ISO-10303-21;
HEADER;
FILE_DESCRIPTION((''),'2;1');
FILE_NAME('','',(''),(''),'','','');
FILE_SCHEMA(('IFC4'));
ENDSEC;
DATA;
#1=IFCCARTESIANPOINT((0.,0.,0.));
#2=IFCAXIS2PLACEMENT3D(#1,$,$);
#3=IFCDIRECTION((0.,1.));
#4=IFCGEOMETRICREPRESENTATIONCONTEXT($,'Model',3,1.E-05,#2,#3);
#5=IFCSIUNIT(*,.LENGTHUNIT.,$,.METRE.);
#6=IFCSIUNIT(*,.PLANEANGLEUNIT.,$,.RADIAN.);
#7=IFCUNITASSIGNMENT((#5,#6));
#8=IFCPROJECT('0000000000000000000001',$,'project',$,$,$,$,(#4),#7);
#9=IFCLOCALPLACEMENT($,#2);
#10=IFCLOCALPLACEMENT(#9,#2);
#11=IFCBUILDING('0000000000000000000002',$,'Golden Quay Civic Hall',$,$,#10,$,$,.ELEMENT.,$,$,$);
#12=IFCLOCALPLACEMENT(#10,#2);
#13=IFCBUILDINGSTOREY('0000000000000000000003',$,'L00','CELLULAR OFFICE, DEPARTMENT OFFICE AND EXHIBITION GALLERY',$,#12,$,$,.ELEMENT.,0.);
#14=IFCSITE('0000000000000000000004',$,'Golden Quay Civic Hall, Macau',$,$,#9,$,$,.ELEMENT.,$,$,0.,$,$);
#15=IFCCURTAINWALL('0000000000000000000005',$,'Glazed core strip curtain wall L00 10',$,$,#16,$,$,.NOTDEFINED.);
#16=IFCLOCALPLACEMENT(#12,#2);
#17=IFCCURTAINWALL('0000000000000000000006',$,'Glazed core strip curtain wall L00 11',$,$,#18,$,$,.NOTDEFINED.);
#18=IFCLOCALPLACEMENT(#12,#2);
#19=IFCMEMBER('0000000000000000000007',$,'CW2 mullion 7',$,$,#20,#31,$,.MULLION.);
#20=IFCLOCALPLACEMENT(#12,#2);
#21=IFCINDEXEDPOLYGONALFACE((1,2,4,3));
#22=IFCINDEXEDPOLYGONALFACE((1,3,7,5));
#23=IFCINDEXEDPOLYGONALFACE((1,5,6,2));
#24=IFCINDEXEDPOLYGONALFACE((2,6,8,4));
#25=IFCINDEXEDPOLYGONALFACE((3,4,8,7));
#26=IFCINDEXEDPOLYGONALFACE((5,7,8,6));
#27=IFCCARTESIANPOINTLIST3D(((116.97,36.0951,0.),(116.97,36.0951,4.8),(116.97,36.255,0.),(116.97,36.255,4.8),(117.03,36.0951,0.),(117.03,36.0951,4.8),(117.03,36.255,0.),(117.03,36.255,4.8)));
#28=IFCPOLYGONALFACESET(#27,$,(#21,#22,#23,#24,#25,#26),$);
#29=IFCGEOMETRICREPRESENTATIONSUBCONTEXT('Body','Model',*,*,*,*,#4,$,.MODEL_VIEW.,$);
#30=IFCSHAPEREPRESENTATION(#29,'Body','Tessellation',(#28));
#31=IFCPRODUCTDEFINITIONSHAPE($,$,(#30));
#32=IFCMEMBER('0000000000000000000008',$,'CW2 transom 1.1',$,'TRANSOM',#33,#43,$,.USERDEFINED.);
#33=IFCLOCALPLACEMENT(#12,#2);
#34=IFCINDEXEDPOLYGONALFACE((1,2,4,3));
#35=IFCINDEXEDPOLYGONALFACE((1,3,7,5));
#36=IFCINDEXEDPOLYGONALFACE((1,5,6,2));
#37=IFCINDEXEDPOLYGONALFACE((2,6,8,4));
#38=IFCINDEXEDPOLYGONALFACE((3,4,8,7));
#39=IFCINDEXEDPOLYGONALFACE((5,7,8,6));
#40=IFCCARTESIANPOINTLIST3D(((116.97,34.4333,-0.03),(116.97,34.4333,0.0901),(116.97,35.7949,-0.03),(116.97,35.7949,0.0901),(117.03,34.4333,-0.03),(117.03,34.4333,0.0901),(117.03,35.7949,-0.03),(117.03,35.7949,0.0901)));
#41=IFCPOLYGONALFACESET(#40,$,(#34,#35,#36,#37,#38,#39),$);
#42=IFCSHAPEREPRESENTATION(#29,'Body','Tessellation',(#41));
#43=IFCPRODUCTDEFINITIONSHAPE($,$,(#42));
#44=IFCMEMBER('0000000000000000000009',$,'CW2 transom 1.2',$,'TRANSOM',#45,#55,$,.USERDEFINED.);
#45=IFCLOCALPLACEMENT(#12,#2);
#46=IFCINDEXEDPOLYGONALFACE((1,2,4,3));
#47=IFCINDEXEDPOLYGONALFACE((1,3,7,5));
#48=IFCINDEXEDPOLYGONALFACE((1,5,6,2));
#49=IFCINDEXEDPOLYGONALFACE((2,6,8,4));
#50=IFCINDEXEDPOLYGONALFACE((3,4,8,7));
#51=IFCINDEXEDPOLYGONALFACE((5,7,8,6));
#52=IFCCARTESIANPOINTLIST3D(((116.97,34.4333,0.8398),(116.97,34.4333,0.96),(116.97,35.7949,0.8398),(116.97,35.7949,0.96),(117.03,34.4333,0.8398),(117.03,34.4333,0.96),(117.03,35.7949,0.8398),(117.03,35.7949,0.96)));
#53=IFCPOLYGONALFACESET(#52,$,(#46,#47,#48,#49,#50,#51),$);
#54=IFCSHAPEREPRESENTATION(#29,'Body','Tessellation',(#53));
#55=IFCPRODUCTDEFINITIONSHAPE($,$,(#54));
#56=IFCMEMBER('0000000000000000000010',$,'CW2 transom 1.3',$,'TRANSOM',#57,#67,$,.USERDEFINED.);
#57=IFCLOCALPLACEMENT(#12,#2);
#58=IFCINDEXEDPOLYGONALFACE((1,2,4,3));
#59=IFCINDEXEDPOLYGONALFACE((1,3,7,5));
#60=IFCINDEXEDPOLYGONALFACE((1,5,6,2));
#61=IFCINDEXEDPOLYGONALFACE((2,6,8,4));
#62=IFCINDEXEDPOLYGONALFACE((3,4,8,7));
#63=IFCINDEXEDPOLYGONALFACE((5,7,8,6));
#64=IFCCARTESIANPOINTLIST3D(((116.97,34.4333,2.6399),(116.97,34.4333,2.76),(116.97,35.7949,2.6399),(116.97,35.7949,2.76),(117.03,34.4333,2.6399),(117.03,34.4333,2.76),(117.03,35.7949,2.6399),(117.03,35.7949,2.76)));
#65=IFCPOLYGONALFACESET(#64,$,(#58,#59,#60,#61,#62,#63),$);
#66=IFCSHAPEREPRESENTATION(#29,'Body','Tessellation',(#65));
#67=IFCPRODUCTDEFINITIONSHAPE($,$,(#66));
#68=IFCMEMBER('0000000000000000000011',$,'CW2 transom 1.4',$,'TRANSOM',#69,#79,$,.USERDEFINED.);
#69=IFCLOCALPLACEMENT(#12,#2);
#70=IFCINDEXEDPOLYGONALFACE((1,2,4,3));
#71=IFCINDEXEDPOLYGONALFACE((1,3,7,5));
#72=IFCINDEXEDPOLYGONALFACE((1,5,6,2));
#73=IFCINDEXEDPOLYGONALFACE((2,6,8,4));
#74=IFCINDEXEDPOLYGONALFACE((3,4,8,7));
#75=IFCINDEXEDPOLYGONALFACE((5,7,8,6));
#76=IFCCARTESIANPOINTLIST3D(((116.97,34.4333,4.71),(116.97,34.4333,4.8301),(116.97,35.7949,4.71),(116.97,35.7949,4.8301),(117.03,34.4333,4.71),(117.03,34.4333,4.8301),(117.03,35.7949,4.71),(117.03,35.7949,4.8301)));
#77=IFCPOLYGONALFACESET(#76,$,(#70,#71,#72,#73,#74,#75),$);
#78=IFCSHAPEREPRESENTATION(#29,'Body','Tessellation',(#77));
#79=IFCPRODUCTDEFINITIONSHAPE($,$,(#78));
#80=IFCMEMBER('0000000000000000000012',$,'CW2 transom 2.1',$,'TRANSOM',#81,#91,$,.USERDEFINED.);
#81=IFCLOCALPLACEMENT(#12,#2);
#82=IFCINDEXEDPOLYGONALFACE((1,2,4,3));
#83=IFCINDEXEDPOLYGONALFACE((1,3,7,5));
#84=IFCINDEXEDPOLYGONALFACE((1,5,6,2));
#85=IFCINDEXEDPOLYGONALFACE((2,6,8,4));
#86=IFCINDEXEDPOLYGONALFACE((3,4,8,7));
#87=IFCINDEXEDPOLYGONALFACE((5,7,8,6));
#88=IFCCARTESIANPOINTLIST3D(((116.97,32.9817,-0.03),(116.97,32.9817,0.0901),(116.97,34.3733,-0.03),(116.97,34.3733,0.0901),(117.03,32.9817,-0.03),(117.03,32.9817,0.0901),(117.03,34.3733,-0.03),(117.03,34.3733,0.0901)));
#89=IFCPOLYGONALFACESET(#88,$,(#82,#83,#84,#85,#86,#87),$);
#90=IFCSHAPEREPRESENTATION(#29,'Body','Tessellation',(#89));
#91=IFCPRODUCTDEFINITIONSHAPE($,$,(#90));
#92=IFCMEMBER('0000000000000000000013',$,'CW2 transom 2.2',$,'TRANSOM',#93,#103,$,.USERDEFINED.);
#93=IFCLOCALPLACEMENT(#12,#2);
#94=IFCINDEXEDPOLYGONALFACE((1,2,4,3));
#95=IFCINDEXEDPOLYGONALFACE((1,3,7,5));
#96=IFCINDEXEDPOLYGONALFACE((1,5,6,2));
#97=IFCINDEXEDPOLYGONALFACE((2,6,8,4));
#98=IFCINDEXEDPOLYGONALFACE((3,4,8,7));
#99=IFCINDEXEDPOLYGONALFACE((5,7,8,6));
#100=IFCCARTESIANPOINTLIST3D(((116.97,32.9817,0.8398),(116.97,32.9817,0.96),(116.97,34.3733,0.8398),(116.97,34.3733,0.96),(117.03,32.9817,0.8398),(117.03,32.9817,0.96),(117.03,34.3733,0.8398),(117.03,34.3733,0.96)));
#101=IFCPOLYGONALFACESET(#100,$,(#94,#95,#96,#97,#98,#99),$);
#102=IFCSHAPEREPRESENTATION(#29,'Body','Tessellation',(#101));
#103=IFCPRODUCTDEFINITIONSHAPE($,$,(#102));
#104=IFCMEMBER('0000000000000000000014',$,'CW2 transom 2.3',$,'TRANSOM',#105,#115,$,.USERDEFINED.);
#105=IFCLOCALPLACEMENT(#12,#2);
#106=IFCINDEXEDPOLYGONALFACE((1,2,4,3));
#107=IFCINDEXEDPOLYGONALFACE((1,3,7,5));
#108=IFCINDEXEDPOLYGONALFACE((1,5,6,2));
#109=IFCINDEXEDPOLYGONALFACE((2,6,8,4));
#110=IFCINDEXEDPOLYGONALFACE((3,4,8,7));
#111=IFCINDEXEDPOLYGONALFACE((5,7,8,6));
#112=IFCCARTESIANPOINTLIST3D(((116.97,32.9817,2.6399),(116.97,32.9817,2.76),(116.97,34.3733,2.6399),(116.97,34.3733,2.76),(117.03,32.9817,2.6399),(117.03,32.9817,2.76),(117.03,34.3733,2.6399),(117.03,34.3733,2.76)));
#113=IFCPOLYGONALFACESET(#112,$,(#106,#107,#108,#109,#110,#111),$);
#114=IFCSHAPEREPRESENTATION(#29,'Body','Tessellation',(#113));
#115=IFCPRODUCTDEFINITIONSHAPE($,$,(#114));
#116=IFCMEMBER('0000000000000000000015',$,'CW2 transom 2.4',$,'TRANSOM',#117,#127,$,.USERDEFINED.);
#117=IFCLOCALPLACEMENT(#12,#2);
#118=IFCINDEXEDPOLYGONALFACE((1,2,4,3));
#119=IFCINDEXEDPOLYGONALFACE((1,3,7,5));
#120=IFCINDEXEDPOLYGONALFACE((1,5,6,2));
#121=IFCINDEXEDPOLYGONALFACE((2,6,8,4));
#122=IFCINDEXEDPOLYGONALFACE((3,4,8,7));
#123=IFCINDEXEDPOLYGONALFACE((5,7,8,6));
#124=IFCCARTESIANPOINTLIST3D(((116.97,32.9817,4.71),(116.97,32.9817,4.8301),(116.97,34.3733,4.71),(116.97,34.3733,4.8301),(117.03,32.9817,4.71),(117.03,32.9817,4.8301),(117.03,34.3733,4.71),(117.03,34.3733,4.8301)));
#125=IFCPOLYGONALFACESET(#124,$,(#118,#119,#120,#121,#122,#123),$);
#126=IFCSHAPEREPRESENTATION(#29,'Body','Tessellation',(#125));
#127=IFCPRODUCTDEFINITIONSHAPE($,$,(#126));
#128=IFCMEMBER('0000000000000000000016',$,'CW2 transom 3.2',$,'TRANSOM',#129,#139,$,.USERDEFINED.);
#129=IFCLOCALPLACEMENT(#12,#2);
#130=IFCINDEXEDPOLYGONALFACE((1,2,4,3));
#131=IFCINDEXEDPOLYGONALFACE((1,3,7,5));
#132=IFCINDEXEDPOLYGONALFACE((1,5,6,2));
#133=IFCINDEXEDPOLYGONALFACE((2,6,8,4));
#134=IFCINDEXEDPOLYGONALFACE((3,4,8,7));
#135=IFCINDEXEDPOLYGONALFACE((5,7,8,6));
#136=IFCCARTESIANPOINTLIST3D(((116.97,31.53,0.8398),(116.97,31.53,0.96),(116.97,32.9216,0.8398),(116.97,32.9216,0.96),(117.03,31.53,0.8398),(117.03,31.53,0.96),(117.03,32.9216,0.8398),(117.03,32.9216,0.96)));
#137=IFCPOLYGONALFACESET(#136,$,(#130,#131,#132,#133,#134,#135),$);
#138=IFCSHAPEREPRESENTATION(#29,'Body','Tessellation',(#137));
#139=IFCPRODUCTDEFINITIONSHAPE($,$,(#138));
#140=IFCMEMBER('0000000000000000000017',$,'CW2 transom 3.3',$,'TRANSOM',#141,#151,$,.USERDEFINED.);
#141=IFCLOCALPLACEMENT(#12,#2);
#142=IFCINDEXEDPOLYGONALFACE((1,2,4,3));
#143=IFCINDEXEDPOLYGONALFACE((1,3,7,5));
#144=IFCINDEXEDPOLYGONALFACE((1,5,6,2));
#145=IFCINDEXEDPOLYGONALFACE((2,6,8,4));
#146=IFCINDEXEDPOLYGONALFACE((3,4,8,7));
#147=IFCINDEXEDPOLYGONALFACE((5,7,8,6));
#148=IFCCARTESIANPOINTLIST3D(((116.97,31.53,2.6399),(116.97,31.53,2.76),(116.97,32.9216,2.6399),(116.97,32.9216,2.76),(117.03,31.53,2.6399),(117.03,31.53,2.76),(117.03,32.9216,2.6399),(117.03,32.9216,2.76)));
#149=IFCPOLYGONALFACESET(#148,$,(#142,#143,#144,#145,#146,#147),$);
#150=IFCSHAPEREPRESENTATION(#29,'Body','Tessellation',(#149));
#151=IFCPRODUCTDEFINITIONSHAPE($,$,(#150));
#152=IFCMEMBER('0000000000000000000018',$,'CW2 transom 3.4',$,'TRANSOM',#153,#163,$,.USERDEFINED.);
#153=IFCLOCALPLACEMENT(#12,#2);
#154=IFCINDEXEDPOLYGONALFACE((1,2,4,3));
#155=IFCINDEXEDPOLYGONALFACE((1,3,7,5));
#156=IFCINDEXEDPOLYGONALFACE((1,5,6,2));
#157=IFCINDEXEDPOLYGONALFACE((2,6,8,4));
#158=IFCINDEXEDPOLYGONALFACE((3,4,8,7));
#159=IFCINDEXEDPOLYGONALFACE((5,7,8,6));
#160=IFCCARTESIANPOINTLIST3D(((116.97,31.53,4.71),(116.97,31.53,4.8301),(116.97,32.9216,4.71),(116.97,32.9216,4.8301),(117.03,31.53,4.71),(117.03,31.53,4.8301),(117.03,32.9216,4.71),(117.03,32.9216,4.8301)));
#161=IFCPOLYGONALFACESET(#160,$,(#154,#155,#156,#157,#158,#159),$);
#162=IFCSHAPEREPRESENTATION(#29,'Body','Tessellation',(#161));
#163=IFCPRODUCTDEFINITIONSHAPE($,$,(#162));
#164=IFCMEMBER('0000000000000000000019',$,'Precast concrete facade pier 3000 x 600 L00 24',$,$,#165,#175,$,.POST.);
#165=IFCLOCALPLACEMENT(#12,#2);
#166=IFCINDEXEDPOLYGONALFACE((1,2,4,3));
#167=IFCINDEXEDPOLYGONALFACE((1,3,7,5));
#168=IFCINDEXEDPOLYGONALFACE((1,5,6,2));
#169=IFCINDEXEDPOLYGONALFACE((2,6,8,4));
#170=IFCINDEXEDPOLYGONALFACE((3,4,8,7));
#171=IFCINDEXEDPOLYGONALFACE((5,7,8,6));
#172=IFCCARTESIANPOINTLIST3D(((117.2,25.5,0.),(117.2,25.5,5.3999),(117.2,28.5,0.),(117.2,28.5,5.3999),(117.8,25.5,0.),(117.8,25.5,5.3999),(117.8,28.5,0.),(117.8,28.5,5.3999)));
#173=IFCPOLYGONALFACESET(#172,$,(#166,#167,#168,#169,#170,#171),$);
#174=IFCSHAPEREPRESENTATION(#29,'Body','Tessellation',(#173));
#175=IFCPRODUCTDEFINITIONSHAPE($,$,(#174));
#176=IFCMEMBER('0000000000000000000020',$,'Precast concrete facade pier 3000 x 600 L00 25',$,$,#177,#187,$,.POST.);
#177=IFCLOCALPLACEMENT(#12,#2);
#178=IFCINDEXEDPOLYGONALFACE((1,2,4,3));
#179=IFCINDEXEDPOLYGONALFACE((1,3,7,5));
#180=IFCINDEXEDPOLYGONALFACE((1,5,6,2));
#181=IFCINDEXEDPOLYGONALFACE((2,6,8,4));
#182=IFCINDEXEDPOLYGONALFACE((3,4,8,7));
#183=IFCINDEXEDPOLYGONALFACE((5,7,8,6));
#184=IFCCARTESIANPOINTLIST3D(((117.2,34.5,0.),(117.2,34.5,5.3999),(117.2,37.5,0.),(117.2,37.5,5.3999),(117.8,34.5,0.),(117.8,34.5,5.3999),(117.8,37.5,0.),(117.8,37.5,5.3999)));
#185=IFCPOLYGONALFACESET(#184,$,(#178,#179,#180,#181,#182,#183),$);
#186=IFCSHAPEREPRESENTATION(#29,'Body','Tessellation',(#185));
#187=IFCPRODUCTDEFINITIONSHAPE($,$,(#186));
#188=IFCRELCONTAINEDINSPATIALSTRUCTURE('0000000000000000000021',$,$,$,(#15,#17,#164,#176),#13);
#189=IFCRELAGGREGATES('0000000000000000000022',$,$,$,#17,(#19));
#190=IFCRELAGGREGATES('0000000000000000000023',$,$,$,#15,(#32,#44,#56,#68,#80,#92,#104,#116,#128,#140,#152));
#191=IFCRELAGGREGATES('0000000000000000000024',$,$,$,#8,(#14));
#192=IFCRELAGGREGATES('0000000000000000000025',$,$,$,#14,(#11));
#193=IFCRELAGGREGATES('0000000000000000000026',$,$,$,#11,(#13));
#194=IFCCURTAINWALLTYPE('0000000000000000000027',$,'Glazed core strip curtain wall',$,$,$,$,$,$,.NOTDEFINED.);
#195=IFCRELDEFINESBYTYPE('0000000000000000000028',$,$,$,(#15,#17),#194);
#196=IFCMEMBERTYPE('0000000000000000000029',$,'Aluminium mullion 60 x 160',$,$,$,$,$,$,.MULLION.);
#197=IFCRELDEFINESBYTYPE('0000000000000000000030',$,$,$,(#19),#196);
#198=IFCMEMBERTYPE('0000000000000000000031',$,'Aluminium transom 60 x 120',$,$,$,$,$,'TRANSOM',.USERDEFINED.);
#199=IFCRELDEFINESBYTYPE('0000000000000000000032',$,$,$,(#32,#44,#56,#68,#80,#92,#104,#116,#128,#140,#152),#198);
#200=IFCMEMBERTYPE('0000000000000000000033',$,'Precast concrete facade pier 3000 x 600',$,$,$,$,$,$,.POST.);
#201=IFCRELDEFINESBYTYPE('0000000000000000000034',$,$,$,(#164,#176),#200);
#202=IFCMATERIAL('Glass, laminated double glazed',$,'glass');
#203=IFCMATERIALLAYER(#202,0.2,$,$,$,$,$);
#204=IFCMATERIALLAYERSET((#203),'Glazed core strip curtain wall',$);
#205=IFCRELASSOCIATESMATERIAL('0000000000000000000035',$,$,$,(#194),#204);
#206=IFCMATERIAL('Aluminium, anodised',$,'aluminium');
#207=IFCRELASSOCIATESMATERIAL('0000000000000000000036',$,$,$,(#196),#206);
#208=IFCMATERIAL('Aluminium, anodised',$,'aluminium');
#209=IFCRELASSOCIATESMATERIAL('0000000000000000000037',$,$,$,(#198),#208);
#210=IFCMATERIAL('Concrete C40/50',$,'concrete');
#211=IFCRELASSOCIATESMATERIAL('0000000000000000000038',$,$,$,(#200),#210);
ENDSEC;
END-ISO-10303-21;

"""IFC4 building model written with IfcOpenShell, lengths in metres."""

from ifc_helpers import new_model, si_unit, direction, frame, origin, origin_2d, place, context, subcontext, project, spatial, rectangle, extrude, material, layer, layer_set, material_profile, profile_set, type_object, element, aggregate, save


model = new_model("IFC4")

# Units and contexts
model_context = context("Model", 3, precision=1e-05, world=origin(), true_north=direction((0.0, 1.0)))
body_context = subcontext(model_context, "Body", "Model", "MODEL_VIEW")
ifc_project = project(units=[si_unit("LENGTHUNIT", "METRE"), si_unit("PLANEANGLEUNIT", "RADIAN")], contexts=[model_context])

# Site, building, storey
site_placement = place(None, origin())
site = spatial("IfcSite", under=ifc_project, at=site_placement, Name="Golden Quay Civic Hall, Macau", CompositionType="ELEMENT", RefElevation=0.0)
building_placement = place(site_placement, origin())
building = spatial("IfcBuilding", under=site, at=building_placement, Name="Golden Quay Civic Hall", CompositionType="ELEMENT")
storey_placement = place(building_placement, origin())
storey = spatial("IfcBuildingStorey", under=building, at=storey_placement, Name="L00", Description="CELLULAR OFFICE, DEPARTMENT OFFICE AND EXHIBITION GALLERY", CompositionType="ELEMENT", Elevation=0.0)

# Curtain wall
ifc_material_1 = material(Name="Glass, laminated double glazed", Category="glass")
ifc_layer_1 = layer(ifc_material_1, 0.2)
ifc_layer_set_1 = layer_set([ifc_layer_1], Name="Glazed core strip curtain wall")
curtain_wall_type = type_object("IfcCurtainWallType", Name="Glazed core strip curtain wall", PredefinedType="NOTDEFINED", material=ifc_layer_set_1)
curtain_wall_1_placement = place(storey_placement, origin())
curtain_wall_1 = element("IfcCurtainWall", 1, at=curtain_wall_1_placement, inside=storey, type_object=curtain_wall_type, Name="Glazed core strip curtain wall L00 10", PredefinedType="NOTDEFINED")
ifc_material_2 = material(Name="Aluminium, anodised", Category="aluminium")
ifc_material_profile_1 = material_profile(ifc_material_2, rectangle(XDim=0.0601, YDim=0.1599, at=origin_2d()), Name="Aluminium 60 x 160")
ifc_profile_set_1 = profile_set([ifc_material_profile_1], Name="Aluminium, anodised")
member_type_1 = type_object("IfcMemberType", Name="Aluminium mullion 60 x 160", PredefinedType="MULLION", material=ifc_profile_set_1)

# Curtain wall, member
curtain_wall_2_placement = place(storey_placement, origin())
curtain_wall_2 = element("IfcCurtainWall", 2, at=curtain_wall_2_placement, inside=storey, type_object=curtain_wall_type, Name="Glazed core strip curtain wall L00 11", PredefinedType="NOTDEFINED")
member_1_placement = place(storey_placement, frame((117.0, 36.175, 0.0), z_axis=(0.0, 0.0, 1.0), x_axis=(1.0, 0.0, 0.0)))
member_1 = element("IfcMember", 3, at=member_1_placement, type_object=member_type_1, Name="CW2 mullion 7", PredefinedType="MULLION", context=body_context, shape_type="SweptSolid", body=[
    extrude(rectangle(XDim=0.0601, YDim=0.1599, at=origin_2d()), origin(), (0.0, 0.0, 1.0), 4.8),
])
aggregate(curtain_wall_2, [member_1])

# Members
ifc_material_3 = material(Name="Aluminium, anodised", Category="aluminium")
ifc_material_profile_2 = material_profile(ifc_material_3, rectangle(XDim=0.0601, YDim=0.1201, at=origin_2d()), Name="Aluminium 60 x 120")
ifc_profile_set_2 = profile_set([ifc_material_profile_2], Name="Aluminium, anodised")
member_type_2 = type_object("IfcMemberType", Name="Aluminium transom 60 x 120", ElementType="TRANSOM", PredefinedType="USERDEFINED", material=ifc_profile_set_2)
member_2_placement = place(storey_placement, frame((117.0, 35.7949, 0.03), z_axis=(0.0, -1.0, 0.0), x_axis=(1.0, 0.0, 0.0)))
member_2 = element("IfcMember", 4, at=member_2_placement, type_object=member_type_2, Name="CW2 transom 1.1", ObjectType="TRANSOM", PredefinedType="USERDEFINED", context=body_context, shape_type="SweptSolid", body=[
    extrude(rectangle(XDim=0.0601, YDim=0.1201, at=origin_2d()), origin(), (0.0, 0.0, 1.0), 1.3616),
])
member_3_placement = place(storey_placement, frame((117.0, 35.7949, 0.8999), z_axis=(0.0, -1.0, 0.0), x_axis=(1.0, 0.0, 0.0)))
member_3 = element("IfcMember", 5, at=member_3_placement, type_object=member_type_2, Name="CW2 transom 1.2", ObjectType="TRANSOM", PredefinedType="USERDEFINED", context=body_context, shape_type="SweptSolid", body=[
    extrude(rectangle(XDim=0.0601, YDim=0.1201, at=origin_2d()), origin(), (0.0, 0.0, 1.0), 1.3616),
])
member_4_placement = place(storey_placement, frame((117.0, 35.7949, 2.7), z_axis=(0.0, -1.0, 0.0), x_axis=(1.0, 0.0, 0.0)))
member_4 = element("IfcMember", 6, at=member_4_placement, type_object=member_type_2, Name="CW2 transom 1.3", ObjectType="TRANSOM", PredefinedType="USERDEFINED", context=body_context, shape_type="SweptSolid", body=[
    extrude(rectangle(XDim=0.0601, YDim=0.1201, at=origin_2d()), origin(), (0.0, 0.0, 1.0), 1.3616),
])
member_5_placement = place(storey_placement, frame((117.0, 35.7949, 4.77), z_axis=(0.0, -1.0, 0.0), x_axis=(1.0, 0.0, 0.0)))
member_5 = element("IfcMember", 7, at=member_5_placement, type_object=member_type_2, Name="CW2 transom 1.4", ObjectType="TRANSOM", PredefinedType="USERDEFINED", context=body_context, shape_type="SweptSolid", body=[
    extrude(rectangle(XDim=0.0601, YDim=0.1201, at=origin_2d()), origin(), (0.0, 0.0, 1.0), 1.3616),
])
member_6_placement = place(storey_placement, frame((117.0, 34.3733, 0.03), z_axis=(0.0, -1.0, 0.0), x_axis=(1.0, 0.0, 0.0)))
member_6 = element("IfcMember", 8, at=member_6_placement, type_object=member_type_2, Name="CW2 transom 2.1", ObjectType="TRANSOM", PredefinedType="USERDEFINED", context=body_context, shape_type="SweptSolid", body=[
    extrude(rectangle(XDim=0.0601, YDim=0.1201, at=origin_2d()), origin(), (0.0, 0.0, 1.0), 1.3916),
])
member_7_placement = place(storey_placement, frame((117.0, 34.3733, 0.8999), z_axis=(0.0, -1.0, 0.0), x_axis=(1.0, 0.0, 0.0)))
member_7 = element("IfcMember", 9, at=member_7_placement, type_object=member_type_2, Name="CW2 transom 2.2", ObjectType="TRANSOM", PredefinedType="USERDEFINED", context=body_context, shape_type="SweptSolid", body=[
    extrude(rectangle(XDim=0.0601, YDim=0.1201, at=origin_2d()), origin(), (0.0, 0.0, 1.0), 1.3916),
])
member_8_placement = place(storey_placement, frame((117.0, 34.3733, 2.7), z_axis=(0.0, -1.0, 0.0), x_axis=(1.0, 0.0, 0.0)))
member_8 = element("IfcMember", 10, at=member_8_placement, type_object=member_type_2, Name="CW2 transom 2.3", ObjectType="TRANSOM", PredefinedType="USERDEFINED", context=body_context, shape_type="SweptSolid", body=[
    extrude(rectangle(XDim=0.0601, YDim=0.1201, at=origin_2d()), origin(), (0.0, 0.0, 1.0), 1.3916),
])
member_9_placement = place(storey_placement, frame((117.0, 34.3733, 4.77), z_axis=(0.0, -1.0, 0.0), x_axis=(1.0, 0.0, 0.0)))
member_9 = element("IfcMember", 11, at=member_9_placement, type_object=member_type_2, Name="CW2 transom 2.4", ObjectType="TRANSOM", PredefinedType="USERDEFINED", context=body_context, shape_type="SweptSolid", body=[
    extrude(rectangle(XDim=0.0601, YDim=0.1201, at=origin_2d()), origin(), (0.0, 0.0, 1.0), 1.3916),
])
member_10_placement = place(storey_placement, frame((117.0, 32.9216, 0.8999), z_axis=(0.0, -1.0, 0.0), x_axis=(1.0, 0.0, 0.0)))
member_10 = element("IfcMember", 12, at=member_10_placement, type_object=member_type_2, Name="CW2 transom 3.2", ObjectType="TRANSOM", PredefinedType="USERDEFINED", context=body_context, shape_type="SweptSolid", body=[
    extrude(rectangle(XDim=0.0601, YDim=0.1201, at=origin_2d()), origin(), (0.0, 0.0, 1.0), 1.3916),
])
member_11_placement = place(storey_placement, frame((117.0, 32.9216, 2.7), z_axis=(0.0, -1.0, 0.0), x_axis=(1.0, 0.0, 0.0)))
member_11 = element("IfcMember", 13, at=member_11_placement, type_object=member_type_2, Name="CW2 transom 3.3", ObjectType="TRANSOM", PredefinedType="USERDEFINED", context=body_context, shape_type="SweptSolid", body=[
    extrude(rectangle(XDim=0.0601, YDim=0.1201, at=origin_2d()), origin(), (0.0, 0.0, 1.0), 1.3916),
])
member_12_placement = place(storey_placement, frame((117.0, 32.9216, 4.77), z_axis=(0.0, -1.0, 0.0), x_axis=(1.0, 0.0, 0.0)))
member_12 = element("IfcMember", 14, at=member_12_placement, type_object=member_type_2, Name="CW2 transom 3.4", ObjectType="TRANSOM", PredefinedType="USERDEFINED", context=body_context, shape_type="SweptSolid", body=[
    extrude(rectangle(XDim=0.0601, YDim=0.1201, at=origin_2d()), origin(), (0.0, 0.0, 1.0), 1.3916),
])

# Members
ifc_material_4 = material(Name="Concrete C40/50", Category="concrete")
ifc_material_profile_3 = material_profile(ifc_material_4, rectangle(XDim=3.0, YDim=0.6001, at=origin_2d()), Name="RC 3000x600")
ifc_profile_set_3 = profile_set([ifc_material_profile_3], Name="Concrete C40/50")
member_type_3 = type_object("IfcMemberType", Name="Precast concrete facade pier 3000 x 600", PredefinedType="POST", material=ifc_profile_set_3)
for number, where, z_axis, x_axis, name in (
    (15, (117.5, 27.0, 0.0), (0.0, 0.0, 1.0), (0.0, 1.0, 0.0), "Precast concrete facade pier 3000 x 600 L00 24"),
    (16, (117.5, 36.0, 0.0), (0.0, 0.0, 1.0), (0.0, 1.0, 0.0), "Precast concrete facade pier 3000 x 600 L00 25"),
):
    element("IfcMember", number, at=place(storey_placement, frame(where, z_axis=z_axis, x_axis=x_axis)), inside=storey, type_object=member_type_3, Name=name, PredefinedType="POST", context=body_context, shape_type="SweptSolid", body=[
        extrude(rectangle(XDim=3.0, YDim=0.6001, at=origin_2d()), origin(), (0.0, 0.0, 1.0), 5.3999),
    ])

aggregate(curtain_wall_1, [member_2, member_3, member_4, member_5, member_6, member_7, member_8, member_9, member_10, member_11, member_12])

save(model, "model.ifc")
